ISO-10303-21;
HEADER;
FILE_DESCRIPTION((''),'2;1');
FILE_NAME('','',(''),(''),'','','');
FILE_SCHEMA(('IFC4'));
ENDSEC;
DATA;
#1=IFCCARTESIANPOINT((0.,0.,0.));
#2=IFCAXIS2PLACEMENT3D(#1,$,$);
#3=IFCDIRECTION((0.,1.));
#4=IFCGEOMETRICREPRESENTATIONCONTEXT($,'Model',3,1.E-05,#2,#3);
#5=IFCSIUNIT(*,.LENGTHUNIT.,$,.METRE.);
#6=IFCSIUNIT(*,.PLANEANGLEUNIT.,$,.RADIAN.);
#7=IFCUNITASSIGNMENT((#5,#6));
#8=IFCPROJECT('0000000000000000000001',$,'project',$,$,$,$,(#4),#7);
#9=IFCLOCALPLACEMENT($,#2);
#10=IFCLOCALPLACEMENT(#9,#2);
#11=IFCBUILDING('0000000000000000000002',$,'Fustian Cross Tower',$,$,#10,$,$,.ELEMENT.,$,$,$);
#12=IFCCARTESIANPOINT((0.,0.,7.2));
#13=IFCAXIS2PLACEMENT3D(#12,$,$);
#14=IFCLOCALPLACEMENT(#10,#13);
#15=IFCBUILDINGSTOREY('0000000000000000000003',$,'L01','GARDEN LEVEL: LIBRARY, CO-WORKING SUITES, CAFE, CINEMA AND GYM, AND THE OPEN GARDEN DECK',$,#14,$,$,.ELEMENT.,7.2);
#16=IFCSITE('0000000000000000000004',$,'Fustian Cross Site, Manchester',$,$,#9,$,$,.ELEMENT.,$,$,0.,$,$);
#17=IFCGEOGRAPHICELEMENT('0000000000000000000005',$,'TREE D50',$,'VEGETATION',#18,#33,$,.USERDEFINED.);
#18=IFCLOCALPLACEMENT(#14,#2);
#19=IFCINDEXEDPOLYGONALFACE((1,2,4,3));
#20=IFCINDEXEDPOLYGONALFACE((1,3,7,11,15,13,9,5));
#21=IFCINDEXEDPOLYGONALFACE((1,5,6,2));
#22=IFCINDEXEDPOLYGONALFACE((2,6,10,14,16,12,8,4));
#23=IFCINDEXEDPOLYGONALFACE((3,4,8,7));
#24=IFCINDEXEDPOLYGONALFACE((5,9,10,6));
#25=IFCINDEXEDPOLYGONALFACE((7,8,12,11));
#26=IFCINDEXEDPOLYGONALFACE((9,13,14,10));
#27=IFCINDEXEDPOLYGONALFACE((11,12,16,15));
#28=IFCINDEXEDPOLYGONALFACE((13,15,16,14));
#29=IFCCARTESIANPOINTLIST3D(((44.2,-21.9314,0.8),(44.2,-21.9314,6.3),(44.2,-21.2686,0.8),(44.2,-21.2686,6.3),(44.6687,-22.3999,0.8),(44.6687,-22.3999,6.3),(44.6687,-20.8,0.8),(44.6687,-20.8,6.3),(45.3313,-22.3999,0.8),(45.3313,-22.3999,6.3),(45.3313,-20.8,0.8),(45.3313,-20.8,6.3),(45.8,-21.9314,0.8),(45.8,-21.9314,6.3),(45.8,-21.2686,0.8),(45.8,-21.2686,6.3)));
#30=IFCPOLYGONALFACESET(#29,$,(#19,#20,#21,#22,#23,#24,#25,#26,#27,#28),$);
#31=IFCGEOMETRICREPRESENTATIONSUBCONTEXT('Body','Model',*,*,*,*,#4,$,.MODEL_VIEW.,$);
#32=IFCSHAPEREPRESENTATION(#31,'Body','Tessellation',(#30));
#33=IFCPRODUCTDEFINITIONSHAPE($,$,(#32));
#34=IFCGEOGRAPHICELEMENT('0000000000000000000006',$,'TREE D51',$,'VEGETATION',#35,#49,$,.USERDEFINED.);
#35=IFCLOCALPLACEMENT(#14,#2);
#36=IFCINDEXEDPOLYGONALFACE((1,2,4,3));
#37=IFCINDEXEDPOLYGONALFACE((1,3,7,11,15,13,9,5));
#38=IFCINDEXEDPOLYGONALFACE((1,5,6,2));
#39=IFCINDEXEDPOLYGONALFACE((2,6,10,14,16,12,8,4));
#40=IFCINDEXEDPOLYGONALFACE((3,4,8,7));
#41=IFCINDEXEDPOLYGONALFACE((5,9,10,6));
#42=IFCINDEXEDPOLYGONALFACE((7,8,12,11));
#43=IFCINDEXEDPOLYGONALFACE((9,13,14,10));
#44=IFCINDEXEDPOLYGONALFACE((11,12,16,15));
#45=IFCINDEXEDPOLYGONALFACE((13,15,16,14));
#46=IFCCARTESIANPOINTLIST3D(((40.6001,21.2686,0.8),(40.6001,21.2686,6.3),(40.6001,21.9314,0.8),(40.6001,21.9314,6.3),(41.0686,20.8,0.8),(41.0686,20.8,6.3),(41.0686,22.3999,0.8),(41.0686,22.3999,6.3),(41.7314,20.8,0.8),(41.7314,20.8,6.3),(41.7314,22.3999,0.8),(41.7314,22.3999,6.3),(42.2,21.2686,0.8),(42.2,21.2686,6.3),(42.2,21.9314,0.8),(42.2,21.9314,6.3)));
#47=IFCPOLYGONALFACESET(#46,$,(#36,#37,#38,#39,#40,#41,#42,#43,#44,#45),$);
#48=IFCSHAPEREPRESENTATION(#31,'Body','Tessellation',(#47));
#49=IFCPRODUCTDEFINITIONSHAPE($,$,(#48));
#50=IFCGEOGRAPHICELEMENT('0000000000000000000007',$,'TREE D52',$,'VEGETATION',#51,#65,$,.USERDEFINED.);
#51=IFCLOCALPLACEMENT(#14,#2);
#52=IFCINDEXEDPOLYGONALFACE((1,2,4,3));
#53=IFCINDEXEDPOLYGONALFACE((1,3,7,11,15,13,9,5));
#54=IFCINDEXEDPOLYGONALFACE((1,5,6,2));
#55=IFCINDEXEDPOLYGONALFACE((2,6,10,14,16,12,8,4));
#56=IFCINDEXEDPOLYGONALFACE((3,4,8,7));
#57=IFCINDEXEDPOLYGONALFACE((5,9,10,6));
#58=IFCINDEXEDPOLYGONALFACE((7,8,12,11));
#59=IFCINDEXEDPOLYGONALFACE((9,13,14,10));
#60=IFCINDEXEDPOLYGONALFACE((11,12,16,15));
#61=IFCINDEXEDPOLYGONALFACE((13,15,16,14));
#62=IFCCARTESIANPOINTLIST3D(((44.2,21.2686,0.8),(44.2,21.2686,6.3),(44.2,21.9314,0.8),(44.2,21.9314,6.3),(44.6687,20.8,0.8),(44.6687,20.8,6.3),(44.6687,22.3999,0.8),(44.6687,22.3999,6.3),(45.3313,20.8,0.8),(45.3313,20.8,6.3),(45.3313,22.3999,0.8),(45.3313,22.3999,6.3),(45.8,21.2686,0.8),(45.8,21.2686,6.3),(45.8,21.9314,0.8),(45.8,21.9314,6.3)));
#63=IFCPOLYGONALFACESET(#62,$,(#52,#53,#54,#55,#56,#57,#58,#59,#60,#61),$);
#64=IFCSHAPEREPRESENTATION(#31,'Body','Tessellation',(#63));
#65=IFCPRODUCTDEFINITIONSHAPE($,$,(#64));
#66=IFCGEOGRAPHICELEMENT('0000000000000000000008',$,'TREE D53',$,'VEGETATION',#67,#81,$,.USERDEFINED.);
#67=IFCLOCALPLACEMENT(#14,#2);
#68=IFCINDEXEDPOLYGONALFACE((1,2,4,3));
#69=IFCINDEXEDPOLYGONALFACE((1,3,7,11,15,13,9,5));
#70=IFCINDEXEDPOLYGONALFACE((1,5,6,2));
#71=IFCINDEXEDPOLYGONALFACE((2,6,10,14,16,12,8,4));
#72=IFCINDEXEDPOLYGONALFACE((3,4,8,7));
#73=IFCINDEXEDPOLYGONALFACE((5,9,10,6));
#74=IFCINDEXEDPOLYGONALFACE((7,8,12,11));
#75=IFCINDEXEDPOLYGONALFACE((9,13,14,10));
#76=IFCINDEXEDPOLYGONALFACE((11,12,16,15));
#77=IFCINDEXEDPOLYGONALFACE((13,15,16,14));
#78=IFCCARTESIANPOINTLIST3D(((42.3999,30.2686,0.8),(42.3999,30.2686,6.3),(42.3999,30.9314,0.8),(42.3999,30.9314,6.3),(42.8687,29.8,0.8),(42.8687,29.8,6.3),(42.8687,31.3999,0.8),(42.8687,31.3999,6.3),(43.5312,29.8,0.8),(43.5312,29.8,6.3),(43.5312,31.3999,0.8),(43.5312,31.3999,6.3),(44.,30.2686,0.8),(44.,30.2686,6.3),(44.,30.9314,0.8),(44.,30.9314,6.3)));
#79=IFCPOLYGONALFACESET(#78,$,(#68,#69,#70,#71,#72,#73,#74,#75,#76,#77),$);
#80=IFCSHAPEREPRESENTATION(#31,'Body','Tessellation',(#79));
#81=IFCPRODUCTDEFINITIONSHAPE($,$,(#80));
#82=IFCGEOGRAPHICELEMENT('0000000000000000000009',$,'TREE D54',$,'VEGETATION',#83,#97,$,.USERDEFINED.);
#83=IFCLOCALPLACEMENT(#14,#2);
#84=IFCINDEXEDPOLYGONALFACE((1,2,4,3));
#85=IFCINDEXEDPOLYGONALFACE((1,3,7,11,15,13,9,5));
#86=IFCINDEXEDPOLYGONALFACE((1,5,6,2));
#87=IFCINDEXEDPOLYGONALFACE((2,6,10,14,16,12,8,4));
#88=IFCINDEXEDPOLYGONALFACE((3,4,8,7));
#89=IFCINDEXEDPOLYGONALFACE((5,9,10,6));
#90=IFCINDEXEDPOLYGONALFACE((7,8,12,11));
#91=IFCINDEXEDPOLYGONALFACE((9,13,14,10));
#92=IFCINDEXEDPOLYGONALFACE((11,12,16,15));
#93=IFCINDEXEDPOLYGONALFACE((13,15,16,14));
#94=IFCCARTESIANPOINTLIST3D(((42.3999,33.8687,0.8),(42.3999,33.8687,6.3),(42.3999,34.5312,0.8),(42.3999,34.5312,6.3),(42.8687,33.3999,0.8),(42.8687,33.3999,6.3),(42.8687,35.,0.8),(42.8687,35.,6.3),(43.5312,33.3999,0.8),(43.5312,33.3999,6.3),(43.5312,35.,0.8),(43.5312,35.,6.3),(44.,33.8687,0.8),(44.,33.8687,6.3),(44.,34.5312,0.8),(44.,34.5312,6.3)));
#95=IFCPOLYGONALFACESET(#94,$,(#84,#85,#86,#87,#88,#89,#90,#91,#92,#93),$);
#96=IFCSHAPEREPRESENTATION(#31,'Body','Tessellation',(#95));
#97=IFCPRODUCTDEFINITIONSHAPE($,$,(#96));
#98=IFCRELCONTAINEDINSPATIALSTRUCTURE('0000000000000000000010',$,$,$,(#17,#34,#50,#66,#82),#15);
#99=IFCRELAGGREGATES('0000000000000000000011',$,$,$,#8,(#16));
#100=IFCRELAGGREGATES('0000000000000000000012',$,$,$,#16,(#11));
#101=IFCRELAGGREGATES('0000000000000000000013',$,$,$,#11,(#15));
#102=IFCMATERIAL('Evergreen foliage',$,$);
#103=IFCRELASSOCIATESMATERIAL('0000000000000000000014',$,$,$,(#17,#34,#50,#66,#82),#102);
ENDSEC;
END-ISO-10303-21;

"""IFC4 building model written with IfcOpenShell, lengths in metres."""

from ifc_helpers import new_model, si_unit, direction, frame, origin, place, context, subcontext, project, spatial, polyline, outline, extrude, material, element, save


model = new_model("IFC4")

# Units and contexts
model_context = context("Model", 3, precision=1e-05, world=origin(), true_north=direction((0.0, 1.0)))
body_context = subcontext(model_context, "Body", "Model", "MODEL_VIEW")
ifc_project = project(units=[si_unit("LENGTHUNIT", "METRE"), si_unit("PLANEANGLEUNIT", "RADIAN")], contexts=[model_context])

# Site, building, storey
site_placement = place(None, origin())
site = spatial("IfcSite", under=ifc_project, at=site_placement, Name="Fustian Cross Site, Manchester", CompositionType="ELEMENT", RefElevation=0.0)
building_placement = place(site_placement, origin())
building = spatial("IfcBuilding", under=site, at=building_placement, Name="Fustian Cross Tower", CompositionType="ELEMENT")
storey_placement = place(building_placement, frame((0.0, 0.0, 7.2)))
storey = spatial("IfcBuildingStorey", under=building, at=storey_placement, Name="L01", Description="GARDEN LEVEL: LIBRARY, CO-WORKING SUITES, CAFE, CINEMA AND GYM, AND THE OPEN GARDEN DECK", CompositionType="ELEMENT", Elevation=7.2)

# Geographic elements
ifc_material_1 = material(Name="Evergreen foliage")
geographic_element_1_placement = place(storey_placement, frame((0.0, 0.0, 0.8)))
element("IfcGeographicElement", 1, at=geographic_element_1_placement, inside=storey, material=ifc_material_1, Name="TREE D50", ObjectType="VEGETATION", PredefinedType="USERDEFINED", context=body_context, shape_type="SweptSolid", body=[
    extrude(outline(polyline([(45.8, -21.2686), (45.3313, -20.8), (44.6687, -20.8), (44.2, -21.2686), (44.2, -21.9314), (44.6687, -22.3999), (45.3313, -22.3999), (45.8, -21.9314), (45.8, -21.2686)])), origin(), (0.0, 0.0, 1.0), 5.5),
])
geographic_element_2_placement = place(storey_placement, frame((0.0, 0.0, 0.8)))
element("IfcGeographicElement", 2, at=geographic_element_2_placement, inside=storey, material=ifc_material_1, Name="TREE D51", ObjectType="VEGETATION", PredefinedType="USERDEFINED", context=body_context, shape_type="SweptSolid", body=[
    extrude(outline(polyline([(42.2, 21.9314), (41.7314, 22.3999), (41.0686, 22.3999), (40.6001, 21.9314), (40.6001, 21.2686), (41.0686, 20.8), (41.7314, 20.8), (42.2, 21.2686), (42.2, 21.9314)])), origin(), (0.0, 0.0, 1.0), 5.5),
])
geographic_element_3_placement = place(storey_placement, frame((0.0, 0.0, 0.8)))
element("IfcGeographicElement", 3, at=geographic_element_3_placement, inside=storey, material=ifc_material_1, Name="TREE D52", ObjectType="VEGETATION", PredefinedType="USERDEFINED", context=body_context, shape_type="SweptSolid", body=[
    extrude(outline(polyline([(45.8, 21.9314), (45.3313, 22.3999), (44.6687, 22.3999), (44.2, 21.9314), (44.2, 21.2686), (44.6687, 20.8), (45.3313, 20.8), (45.8, 21.2686), (45.8, 21.9314)])), origin(), (0.0, 0.0, 1.0), 5.5),
])
geographic_element_4_placement = place(storey_placement, frame((0.0, 0.0, 0.8)))
element("IfcGeographicElement", 4, at=geographic_element_4_placement, inside=storey, material=ifc_material_1, Name="TREE D53", ObjectType="VEGETATION", PredefinedType="USERDEFINED", context=body_context, shape_type="SweptSolid", body=[
    extrude(outline(polyline([(44.0, 30.9314), (43.5312, 31.3999), (42.8687, 31.3999), (42.3999, 30.9314), (42.3999, 30.2686), (42.8687, 29.8), (43.5312, 29.8), (44.0, 30.2686), (44.0, 30.9314)])), origin(), (0.0, 0.0, 1.0), 5.5),
])
geographic_element_5_placement = place(storey_placement, frame((0.0, 0.0, 0.8)))
element("IfcGeographicElement", 5, at=geographic_element_5_placement, inside=storey, material=ifc_material_1, Name="TREE D54", ObjectType="VEGETATION", PredefinedType="USERDEFINED", context=body_context, shape_type="SweptSolid", body=[
    extrude(outline(polyline([(44.0, 34.5312), (43.5312, 35.0), (42.8687, 35.0), (42.3999, 34.5312), (42.3999, 33.8687), (42.8687, 33.3999), (43.5312, 33.3999), (44.0, 33.8687), (44.0, 34.5312)])), origin(), (0.0, 0.0, 1.0), 5.5),
])

save(model, "model.ifc")
